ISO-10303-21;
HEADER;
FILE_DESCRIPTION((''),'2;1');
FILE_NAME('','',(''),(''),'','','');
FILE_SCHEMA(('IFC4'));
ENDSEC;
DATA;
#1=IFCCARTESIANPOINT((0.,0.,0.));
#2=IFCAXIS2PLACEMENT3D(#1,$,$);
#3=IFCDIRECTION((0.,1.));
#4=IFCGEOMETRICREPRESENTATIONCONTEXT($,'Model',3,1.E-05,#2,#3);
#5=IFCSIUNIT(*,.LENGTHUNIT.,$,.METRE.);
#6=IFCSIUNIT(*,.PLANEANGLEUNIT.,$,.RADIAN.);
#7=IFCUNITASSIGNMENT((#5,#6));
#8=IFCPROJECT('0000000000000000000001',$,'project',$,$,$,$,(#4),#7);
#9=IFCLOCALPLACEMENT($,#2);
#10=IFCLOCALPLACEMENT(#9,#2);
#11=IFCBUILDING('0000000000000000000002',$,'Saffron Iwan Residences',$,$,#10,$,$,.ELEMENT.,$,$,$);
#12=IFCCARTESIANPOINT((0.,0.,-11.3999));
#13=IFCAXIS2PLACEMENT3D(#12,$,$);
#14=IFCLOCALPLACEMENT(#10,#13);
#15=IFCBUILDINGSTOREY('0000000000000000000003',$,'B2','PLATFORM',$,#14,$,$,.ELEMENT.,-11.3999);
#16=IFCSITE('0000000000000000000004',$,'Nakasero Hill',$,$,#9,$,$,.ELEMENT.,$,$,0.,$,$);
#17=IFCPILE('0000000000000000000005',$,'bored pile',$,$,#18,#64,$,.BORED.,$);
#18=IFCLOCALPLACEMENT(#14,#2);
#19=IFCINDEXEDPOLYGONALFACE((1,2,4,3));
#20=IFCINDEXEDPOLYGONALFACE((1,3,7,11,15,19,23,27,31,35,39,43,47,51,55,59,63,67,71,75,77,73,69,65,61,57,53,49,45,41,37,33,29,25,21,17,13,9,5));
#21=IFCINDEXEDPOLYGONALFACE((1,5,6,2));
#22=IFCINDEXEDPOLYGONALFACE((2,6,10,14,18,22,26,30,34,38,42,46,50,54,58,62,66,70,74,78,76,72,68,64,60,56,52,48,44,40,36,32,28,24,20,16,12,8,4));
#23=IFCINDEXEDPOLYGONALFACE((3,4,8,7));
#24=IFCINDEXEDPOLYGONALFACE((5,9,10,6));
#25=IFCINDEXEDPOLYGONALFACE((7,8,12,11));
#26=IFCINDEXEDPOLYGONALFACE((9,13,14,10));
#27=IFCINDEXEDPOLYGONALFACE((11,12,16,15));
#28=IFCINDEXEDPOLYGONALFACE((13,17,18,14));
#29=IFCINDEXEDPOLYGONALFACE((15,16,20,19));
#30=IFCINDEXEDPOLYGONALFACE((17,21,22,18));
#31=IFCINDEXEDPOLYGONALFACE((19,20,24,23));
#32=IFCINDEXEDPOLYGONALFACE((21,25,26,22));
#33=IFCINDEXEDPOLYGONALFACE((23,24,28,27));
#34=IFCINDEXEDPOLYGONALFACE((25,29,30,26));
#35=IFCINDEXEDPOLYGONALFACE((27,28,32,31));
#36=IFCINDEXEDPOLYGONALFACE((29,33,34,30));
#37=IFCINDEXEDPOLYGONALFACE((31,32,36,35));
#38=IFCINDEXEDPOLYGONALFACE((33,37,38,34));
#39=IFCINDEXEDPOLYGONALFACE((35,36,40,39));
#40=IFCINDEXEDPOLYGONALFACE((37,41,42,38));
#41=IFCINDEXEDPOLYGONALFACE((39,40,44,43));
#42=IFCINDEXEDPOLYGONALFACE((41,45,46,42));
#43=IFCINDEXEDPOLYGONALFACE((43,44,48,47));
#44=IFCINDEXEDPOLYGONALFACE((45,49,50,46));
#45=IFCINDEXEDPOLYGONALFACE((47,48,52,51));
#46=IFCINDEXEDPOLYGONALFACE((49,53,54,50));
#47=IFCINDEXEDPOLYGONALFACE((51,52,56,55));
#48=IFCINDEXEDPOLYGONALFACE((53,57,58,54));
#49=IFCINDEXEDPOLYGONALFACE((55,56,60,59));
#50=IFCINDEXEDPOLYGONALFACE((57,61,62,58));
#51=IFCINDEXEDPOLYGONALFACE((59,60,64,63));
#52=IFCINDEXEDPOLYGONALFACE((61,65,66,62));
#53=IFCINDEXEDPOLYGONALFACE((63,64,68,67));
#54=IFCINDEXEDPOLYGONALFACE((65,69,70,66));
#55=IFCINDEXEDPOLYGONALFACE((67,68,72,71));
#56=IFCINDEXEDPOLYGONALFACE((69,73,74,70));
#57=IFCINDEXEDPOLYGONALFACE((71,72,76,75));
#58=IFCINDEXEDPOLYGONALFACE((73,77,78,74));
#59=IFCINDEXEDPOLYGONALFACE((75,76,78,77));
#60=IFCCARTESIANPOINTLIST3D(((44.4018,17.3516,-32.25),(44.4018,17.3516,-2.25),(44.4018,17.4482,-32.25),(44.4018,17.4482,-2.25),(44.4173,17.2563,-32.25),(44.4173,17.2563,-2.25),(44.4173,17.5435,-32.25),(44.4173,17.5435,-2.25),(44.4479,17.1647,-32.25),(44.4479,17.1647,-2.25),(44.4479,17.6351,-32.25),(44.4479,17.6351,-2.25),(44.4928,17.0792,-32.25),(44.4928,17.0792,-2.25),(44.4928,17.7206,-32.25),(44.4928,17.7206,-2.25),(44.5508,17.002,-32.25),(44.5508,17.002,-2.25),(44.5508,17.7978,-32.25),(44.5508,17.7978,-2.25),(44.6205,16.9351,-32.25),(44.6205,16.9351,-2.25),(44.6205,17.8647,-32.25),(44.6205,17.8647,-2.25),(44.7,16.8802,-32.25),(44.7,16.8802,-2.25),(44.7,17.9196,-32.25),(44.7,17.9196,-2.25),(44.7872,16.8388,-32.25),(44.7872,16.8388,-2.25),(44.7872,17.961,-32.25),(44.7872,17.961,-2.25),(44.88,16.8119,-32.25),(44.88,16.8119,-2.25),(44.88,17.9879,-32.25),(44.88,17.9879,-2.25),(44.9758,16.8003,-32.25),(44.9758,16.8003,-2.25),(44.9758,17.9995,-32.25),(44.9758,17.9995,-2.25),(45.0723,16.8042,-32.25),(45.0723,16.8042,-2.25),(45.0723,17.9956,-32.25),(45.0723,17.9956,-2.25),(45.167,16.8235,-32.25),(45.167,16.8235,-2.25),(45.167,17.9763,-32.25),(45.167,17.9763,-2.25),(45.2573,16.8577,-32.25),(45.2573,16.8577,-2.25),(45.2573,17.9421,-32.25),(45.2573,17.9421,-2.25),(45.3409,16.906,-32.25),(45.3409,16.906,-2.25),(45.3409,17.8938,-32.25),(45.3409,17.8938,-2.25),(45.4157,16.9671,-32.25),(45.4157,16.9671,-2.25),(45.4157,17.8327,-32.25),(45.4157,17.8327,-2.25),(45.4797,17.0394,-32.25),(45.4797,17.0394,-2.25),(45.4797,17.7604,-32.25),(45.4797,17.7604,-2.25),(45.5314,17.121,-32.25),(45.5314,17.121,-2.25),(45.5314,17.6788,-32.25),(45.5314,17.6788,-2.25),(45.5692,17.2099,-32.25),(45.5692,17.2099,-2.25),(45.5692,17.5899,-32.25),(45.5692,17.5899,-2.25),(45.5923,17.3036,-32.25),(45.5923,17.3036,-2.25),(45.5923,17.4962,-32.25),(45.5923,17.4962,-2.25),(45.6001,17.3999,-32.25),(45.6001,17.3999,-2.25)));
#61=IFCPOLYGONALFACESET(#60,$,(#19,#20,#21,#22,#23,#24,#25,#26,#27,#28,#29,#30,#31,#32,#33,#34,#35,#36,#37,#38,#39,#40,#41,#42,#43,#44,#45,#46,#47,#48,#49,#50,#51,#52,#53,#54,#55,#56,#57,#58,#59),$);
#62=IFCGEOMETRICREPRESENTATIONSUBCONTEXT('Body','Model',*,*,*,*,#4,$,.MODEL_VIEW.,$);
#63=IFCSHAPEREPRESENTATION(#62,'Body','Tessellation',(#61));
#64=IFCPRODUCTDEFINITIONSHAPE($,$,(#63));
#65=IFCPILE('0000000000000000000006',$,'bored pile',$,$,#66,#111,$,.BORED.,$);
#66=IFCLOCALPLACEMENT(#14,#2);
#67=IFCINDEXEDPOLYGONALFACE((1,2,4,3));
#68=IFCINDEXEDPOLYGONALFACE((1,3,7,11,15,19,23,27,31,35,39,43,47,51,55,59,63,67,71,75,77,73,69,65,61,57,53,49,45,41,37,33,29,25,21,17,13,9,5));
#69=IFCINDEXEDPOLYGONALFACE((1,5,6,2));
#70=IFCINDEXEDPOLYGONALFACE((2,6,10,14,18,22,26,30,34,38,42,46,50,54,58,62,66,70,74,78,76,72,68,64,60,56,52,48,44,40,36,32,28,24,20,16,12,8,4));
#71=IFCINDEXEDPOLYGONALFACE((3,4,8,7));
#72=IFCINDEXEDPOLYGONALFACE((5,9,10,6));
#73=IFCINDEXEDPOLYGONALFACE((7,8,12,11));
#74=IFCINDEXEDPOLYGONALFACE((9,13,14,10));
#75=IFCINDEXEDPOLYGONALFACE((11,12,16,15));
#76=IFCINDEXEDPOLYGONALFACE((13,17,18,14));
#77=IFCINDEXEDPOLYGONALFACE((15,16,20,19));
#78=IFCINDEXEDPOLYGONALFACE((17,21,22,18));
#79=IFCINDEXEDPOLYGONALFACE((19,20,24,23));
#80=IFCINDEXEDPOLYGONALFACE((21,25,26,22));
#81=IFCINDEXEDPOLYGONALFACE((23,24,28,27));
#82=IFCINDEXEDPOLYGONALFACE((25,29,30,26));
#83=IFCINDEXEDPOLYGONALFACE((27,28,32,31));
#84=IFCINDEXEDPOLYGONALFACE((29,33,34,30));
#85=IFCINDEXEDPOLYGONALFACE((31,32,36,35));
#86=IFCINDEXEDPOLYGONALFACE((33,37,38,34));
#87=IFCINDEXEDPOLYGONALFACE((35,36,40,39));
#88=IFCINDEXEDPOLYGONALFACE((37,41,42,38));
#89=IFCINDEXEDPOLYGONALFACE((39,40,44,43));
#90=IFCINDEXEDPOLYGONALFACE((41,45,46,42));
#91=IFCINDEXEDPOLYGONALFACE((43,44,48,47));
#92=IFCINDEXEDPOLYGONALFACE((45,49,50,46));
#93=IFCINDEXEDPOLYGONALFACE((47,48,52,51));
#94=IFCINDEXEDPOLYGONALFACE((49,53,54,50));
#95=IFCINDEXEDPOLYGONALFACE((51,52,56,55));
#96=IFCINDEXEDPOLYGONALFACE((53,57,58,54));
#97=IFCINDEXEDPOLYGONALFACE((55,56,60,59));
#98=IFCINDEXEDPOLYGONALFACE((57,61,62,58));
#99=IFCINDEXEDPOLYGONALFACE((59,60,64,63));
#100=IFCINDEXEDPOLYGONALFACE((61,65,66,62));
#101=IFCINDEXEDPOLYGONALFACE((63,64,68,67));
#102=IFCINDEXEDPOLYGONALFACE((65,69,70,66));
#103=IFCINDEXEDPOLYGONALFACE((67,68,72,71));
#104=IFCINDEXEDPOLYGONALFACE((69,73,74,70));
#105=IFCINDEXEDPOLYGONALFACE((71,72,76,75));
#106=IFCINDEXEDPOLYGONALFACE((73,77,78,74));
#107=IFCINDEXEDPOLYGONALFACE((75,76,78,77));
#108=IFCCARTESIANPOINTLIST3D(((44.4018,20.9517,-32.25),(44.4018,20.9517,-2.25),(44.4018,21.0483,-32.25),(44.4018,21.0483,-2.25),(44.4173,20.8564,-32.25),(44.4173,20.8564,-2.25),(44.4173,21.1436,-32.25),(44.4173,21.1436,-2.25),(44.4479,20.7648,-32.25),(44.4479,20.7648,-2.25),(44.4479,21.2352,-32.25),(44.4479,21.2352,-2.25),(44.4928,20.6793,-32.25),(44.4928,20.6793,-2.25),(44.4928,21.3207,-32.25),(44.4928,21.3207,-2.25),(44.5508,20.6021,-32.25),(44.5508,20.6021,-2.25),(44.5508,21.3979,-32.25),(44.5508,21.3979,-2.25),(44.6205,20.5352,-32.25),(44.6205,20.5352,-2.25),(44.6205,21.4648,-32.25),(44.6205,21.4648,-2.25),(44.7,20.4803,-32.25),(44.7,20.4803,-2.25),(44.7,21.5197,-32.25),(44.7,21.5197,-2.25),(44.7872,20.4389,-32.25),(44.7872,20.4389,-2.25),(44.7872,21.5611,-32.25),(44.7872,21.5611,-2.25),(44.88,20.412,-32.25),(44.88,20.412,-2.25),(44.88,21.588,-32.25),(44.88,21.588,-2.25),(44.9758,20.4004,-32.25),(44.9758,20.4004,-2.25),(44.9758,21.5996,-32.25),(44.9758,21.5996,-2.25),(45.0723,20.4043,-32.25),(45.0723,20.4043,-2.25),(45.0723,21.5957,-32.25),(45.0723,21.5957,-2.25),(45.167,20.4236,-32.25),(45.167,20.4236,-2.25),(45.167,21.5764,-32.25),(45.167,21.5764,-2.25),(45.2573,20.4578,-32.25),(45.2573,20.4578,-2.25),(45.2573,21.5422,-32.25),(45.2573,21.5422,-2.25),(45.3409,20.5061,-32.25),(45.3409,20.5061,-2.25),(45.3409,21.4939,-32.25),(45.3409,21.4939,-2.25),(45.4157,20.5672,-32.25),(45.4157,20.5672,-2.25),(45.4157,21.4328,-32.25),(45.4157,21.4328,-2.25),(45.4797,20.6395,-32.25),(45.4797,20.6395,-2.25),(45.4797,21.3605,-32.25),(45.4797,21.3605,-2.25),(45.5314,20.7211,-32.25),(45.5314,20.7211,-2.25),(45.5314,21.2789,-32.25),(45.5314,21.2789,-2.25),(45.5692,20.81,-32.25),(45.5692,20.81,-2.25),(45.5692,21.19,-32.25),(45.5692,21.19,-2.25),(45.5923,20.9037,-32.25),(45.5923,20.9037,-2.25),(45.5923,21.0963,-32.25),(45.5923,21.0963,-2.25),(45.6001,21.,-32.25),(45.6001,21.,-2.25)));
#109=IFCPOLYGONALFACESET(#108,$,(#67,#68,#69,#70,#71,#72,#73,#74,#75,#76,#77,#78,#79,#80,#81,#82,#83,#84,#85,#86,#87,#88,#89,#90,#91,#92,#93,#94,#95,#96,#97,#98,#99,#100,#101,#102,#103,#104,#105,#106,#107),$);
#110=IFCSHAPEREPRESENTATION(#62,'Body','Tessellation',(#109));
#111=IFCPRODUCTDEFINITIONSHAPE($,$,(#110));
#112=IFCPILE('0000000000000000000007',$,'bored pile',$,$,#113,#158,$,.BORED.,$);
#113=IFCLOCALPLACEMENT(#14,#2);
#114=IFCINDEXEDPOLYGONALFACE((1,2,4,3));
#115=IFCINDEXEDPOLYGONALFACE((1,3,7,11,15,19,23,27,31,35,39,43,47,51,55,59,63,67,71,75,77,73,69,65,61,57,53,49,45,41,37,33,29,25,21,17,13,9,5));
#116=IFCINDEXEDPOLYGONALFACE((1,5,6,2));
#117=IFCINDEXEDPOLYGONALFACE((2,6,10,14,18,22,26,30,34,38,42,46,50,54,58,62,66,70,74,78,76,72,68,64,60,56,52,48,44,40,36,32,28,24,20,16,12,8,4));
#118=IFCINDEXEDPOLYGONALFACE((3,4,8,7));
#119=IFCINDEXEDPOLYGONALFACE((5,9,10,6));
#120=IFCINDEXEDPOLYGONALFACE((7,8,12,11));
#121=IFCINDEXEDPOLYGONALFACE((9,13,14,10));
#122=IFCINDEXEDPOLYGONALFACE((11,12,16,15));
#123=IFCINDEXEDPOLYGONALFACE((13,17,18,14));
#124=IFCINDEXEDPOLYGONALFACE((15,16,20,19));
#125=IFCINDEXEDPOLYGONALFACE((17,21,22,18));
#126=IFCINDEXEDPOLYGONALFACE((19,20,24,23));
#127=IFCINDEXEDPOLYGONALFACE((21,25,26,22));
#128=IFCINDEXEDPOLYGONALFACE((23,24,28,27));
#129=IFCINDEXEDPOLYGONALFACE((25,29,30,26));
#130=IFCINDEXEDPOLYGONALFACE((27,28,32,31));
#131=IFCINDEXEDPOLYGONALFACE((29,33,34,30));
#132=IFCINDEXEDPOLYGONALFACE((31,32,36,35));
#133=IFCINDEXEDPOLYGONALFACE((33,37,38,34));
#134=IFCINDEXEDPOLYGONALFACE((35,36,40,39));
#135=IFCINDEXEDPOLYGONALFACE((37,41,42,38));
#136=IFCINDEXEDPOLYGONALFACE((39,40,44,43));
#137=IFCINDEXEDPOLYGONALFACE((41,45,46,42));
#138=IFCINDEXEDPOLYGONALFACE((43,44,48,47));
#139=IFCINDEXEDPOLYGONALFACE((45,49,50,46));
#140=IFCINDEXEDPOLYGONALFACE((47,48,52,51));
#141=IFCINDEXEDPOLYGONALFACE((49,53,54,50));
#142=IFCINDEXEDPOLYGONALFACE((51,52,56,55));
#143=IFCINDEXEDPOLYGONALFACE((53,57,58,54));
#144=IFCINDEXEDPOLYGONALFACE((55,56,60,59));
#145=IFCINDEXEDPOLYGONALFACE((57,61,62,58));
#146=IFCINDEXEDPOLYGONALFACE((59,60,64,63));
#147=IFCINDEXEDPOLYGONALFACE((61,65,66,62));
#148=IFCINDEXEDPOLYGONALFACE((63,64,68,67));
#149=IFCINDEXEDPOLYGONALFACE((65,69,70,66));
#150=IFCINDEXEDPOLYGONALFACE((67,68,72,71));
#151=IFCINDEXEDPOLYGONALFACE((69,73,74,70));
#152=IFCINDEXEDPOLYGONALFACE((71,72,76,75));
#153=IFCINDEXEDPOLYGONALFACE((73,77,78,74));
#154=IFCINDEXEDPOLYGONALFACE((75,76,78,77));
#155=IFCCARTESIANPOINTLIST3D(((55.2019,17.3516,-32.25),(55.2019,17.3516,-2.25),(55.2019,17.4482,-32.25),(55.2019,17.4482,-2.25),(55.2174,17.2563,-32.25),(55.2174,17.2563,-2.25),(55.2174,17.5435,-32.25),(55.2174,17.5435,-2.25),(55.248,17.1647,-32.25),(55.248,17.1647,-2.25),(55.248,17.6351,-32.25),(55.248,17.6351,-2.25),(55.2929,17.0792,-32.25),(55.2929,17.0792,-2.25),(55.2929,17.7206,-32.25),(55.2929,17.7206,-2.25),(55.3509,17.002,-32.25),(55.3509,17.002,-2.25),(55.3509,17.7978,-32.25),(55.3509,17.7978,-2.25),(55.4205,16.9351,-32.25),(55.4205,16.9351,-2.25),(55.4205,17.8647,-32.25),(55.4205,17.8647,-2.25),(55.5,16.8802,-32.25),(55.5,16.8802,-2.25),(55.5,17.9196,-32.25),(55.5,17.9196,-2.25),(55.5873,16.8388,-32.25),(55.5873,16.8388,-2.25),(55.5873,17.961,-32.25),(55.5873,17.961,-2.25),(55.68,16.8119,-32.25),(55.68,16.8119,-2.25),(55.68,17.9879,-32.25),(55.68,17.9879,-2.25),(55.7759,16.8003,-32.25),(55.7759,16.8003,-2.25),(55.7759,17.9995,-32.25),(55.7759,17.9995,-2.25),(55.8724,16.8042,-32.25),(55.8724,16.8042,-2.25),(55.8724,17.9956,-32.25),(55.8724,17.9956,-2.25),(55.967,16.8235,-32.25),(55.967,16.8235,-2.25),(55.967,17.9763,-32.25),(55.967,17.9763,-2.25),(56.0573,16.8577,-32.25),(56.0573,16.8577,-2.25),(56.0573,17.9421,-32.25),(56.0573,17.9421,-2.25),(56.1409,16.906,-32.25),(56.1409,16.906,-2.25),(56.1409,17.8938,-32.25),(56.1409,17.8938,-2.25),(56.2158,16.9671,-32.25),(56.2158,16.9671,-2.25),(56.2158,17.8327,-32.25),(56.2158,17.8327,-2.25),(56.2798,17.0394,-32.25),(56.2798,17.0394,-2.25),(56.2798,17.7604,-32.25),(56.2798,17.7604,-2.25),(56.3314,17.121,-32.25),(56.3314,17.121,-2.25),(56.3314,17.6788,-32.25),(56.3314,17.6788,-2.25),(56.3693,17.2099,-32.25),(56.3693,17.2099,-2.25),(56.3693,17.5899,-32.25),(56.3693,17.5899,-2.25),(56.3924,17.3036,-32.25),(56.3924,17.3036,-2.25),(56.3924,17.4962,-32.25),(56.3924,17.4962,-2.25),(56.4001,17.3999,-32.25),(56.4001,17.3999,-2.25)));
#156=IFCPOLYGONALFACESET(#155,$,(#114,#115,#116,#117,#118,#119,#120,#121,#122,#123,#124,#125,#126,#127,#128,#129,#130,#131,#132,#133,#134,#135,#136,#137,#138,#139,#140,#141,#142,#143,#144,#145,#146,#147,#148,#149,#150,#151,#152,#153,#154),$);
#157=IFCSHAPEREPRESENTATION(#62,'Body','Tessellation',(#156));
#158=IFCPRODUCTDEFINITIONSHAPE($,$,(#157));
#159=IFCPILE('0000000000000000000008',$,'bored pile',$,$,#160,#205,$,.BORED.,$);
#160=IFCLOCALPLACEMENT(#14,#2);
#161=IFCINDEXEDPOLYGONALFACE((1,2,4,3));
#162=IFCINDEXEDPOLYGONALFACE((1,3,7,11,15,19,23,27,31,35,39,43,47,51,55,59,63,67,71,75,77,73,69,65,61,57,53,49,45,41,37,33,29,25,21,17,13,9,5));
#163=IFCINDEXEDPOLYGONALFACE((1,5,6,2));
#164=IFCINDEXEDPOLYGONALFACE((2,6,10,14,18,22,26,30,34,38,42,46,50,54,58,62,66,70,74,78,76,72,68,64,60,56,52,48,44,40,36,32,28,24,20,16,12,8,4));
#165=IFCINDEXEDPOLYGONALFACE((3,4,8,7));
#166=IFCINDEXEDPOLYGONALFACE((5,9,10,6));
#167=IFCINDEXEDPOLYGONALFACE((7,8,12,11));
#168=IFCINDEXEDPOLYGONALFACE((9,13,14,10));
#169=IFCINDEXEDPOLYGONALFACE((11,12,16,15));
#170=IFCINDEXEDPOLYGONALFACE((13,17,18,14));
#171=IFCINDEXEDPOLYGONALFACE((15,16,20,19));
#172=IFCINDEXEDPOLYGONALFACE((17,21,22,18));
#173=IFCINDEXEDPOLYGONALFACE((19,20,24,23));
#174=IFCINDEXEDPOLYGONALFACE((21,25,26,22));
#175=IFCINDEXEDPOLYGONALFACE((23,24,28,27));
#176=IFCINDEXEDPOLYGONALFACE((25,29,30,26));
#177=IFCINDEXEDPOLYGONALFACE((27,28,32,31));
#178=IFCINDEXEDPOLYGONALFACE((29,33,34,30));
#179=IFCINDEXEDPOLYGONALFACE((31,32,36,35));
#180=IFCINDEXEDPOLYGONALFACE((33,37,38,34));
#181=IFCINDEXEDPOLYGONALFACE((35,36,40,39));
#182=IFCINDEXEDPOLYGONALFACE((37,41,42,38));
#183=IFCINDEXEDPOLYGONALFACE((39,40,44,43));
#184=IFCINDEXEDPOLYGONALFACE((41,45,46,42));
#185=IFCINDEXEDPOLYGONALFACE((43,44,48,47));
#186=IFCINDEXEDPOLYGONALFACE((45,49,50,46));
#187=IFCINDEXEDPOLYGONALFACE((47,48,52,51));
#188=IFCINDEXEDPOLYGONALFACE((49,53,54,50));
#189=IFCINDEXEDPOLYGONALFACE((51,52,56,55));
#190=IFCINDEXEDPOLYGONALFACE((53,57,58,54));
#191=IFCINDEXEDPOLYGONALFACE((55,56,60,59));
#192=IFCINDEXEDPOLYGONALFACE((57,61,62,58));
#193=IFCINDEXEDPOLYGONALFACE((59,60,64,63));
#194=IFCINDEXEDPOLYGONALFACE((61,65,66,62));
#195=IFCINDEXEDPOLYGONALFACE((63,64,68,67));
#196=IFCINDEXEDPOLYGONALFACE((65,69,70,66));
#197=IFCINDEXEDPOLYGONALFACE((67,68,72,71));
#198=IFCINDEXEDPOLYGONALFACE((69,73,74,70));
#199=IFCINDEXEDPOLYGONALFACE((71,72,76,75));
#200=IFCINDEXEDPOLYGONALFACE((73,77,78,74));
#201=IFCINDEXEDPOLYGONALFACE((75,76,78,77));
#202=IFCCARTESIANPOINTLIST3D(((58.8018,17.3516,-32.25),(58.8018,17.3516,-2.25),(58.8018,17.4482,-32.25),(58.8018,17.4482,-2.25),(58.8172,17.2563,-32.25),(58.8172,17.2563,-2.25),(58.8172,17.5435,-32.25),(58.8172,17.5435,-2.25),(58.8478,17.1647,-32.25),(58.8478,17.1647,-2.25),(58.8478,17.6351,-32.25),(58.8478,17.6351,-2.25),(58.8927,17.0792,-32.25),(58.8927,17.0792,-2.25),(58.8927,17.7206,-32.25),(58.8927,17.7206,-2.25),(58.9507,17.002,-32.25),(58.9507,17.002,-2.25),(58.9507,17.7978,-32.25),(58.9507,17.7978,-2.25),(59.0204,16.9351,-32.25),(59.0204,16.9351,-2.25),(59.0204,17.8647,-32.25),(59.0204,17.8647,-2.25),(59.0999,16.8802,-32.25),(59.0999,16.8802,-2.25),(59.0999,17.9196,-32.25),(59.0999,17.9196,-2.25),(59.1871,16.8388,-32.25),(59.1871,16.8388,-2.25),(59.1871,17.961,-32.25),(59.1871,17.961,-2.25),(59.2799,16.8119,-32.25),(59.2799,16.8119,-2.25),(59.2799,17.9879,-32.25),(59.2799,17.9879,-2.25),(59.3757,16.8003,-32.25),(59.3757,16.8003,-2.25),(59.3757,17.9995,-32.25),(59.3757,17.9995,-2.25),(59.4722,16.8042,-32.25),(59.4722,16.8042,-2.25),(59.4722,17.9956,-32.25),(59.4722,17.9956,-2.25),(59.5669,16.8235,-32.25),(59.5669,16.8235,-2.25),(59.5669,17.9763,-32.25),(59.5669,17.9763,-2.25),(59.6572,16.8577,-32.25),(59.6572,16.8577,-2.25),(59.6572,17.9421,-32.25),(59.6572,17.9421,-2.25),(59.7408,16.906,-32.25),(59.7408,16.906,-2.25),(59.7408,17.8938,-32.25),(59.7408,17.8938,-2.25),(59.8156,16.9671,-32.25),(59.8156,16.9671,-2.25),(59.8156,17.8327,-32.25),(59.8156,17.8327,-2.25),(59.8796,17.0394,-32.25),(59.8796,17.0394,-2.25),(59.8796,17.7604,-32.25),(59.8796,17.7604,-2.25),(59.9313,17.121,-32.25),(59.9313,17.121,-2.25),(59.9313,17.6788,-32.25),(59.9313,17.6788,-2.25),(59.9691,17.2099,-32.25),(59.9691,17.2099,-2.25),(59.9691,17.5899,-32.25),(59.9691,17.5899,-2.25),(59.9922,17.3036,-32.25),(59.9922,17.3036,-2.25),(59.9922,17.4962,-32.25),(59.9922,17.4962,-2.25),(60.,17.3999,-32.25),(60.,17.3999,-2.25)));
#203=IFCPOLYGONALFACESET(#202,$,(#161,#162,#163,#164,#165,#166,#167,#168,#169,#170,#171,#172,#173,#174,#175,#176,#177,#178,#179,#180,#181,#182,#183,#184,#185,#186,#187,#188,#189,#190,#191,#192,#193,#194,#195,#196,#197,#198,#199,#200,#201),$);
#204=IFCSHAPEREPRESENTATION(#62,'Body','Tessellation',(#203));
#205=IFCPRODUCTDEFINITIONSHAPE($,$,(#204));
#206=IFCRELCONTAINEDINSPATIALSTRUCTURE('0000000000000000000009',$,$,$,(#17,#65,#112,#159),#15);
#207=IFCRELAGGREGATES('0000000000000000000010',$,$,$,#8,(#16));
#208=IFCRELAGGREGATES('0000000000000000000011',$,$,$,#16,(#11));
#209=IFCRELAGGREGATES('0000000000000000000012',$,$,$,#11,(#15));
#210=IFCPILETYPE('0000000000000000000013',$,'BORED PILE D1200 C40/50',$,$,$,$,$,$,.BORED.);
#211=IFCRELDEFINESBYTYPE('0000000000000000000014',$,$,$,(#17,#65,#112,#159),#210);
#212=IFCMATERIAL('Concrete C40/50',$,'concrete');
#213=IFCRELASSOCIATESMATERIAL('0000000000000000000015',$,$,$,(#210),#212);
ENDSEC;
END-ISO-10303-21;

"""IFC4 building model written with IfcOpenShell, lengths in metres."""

from ifc_helpers import new_model, si_unit, direction, frame, origin, origin_2d, place, context, subcontext, project, spatial, circle, extrude, material, material_profile, profile_set, type_object, element, save


model = new_model("IFC4")

# Units and contexts
model_context = context("Model", 3, precision=1e-05, world=origin(), true_north=direction((0.0, 1.0)))
body_context = subcontext(model_context, "Body", "Model", "MODEL_VIEW")
ifc_project = project(units=[si_unit("LENGTHUNIT", "METRE"), si_unit("PLANEANGLEUNIT", "RADIAN")], contexts=[model_context])

# Site, building, storey
site_placement = place(None, origin())
site = spatial("IfcSite", under=ifc_project, at=site_placement, Name="Nakasero Hill", CompositionType="ELEMENT", RefElevation=0.0)
building_placement = place(site_placement, origin())
building = spatial("IfcBuilding", under=site, at=building_placement, Name="Saffron Iwan Residences", CompositionType="ELEMENT")
storey_placement = place(building_placement, frame((0.0, 0.0, -11.3999)))
storey = spatial("IfcBuildingStorey", under=building, at=storey_placement, Name="B2", Description="PLATFORM", CompositionType="ELEMENT", Elevation=-11.3999)

# Piles
ifc_material_1 = material(Name="Concrete C40/50", Category="concrete")
ifc_material_profile_1 = material_profile(ifc_material_1, circle(Radius=0.6001, at=origin_2d()), Name="RC D1200")
ifc_profile_set_1 = profile_set([ifc_material_profile_1], Name="Concrete C40/50")
pile_type_1 = type_object("IfcPileType", Name="BORED PILE D1200 C40/50", PredefinedType="BORED", material=ifc_profile_set_1)
for number, where, z_axis, x_axis, name in (
    (1, (45.0, 17.3999, -2.25), (0.0, 0.0, -1.0), (1.0, 0.0, 0.0), "bored pile"),
    (2, (45.0, 21.0, -2.25), (0.0, 0.0, -1.0), (1.0, 0.0, 0.0), "bored pile"),
    (3, (55.8, 17.3999, -2.25), (0.0, 0.0, -1.0), (1.0, 0.0, 0.0), "bored pile"),
    (4, (59.3999, 17.3999, -2.25), (0.0, 0.0, -1.0), (1.0, 0.0, 0.0), "bored pile"),
):
    element("IfcPile", number, at=place(storey_placement, frame(where, z_axis=z_axis, x_axis=x_axis)), inside=storey, type_object=pile_type_1, Name=name, PredefinedType="BORED", context=body_context, shape_type="SweptSolid", body=[
        extrude(circle(Radius=0.6001, at=origin_2d()), origin(), (0.0, 0.0, 1.0), 30.0),
    ])

save(model, "model.ifc")
